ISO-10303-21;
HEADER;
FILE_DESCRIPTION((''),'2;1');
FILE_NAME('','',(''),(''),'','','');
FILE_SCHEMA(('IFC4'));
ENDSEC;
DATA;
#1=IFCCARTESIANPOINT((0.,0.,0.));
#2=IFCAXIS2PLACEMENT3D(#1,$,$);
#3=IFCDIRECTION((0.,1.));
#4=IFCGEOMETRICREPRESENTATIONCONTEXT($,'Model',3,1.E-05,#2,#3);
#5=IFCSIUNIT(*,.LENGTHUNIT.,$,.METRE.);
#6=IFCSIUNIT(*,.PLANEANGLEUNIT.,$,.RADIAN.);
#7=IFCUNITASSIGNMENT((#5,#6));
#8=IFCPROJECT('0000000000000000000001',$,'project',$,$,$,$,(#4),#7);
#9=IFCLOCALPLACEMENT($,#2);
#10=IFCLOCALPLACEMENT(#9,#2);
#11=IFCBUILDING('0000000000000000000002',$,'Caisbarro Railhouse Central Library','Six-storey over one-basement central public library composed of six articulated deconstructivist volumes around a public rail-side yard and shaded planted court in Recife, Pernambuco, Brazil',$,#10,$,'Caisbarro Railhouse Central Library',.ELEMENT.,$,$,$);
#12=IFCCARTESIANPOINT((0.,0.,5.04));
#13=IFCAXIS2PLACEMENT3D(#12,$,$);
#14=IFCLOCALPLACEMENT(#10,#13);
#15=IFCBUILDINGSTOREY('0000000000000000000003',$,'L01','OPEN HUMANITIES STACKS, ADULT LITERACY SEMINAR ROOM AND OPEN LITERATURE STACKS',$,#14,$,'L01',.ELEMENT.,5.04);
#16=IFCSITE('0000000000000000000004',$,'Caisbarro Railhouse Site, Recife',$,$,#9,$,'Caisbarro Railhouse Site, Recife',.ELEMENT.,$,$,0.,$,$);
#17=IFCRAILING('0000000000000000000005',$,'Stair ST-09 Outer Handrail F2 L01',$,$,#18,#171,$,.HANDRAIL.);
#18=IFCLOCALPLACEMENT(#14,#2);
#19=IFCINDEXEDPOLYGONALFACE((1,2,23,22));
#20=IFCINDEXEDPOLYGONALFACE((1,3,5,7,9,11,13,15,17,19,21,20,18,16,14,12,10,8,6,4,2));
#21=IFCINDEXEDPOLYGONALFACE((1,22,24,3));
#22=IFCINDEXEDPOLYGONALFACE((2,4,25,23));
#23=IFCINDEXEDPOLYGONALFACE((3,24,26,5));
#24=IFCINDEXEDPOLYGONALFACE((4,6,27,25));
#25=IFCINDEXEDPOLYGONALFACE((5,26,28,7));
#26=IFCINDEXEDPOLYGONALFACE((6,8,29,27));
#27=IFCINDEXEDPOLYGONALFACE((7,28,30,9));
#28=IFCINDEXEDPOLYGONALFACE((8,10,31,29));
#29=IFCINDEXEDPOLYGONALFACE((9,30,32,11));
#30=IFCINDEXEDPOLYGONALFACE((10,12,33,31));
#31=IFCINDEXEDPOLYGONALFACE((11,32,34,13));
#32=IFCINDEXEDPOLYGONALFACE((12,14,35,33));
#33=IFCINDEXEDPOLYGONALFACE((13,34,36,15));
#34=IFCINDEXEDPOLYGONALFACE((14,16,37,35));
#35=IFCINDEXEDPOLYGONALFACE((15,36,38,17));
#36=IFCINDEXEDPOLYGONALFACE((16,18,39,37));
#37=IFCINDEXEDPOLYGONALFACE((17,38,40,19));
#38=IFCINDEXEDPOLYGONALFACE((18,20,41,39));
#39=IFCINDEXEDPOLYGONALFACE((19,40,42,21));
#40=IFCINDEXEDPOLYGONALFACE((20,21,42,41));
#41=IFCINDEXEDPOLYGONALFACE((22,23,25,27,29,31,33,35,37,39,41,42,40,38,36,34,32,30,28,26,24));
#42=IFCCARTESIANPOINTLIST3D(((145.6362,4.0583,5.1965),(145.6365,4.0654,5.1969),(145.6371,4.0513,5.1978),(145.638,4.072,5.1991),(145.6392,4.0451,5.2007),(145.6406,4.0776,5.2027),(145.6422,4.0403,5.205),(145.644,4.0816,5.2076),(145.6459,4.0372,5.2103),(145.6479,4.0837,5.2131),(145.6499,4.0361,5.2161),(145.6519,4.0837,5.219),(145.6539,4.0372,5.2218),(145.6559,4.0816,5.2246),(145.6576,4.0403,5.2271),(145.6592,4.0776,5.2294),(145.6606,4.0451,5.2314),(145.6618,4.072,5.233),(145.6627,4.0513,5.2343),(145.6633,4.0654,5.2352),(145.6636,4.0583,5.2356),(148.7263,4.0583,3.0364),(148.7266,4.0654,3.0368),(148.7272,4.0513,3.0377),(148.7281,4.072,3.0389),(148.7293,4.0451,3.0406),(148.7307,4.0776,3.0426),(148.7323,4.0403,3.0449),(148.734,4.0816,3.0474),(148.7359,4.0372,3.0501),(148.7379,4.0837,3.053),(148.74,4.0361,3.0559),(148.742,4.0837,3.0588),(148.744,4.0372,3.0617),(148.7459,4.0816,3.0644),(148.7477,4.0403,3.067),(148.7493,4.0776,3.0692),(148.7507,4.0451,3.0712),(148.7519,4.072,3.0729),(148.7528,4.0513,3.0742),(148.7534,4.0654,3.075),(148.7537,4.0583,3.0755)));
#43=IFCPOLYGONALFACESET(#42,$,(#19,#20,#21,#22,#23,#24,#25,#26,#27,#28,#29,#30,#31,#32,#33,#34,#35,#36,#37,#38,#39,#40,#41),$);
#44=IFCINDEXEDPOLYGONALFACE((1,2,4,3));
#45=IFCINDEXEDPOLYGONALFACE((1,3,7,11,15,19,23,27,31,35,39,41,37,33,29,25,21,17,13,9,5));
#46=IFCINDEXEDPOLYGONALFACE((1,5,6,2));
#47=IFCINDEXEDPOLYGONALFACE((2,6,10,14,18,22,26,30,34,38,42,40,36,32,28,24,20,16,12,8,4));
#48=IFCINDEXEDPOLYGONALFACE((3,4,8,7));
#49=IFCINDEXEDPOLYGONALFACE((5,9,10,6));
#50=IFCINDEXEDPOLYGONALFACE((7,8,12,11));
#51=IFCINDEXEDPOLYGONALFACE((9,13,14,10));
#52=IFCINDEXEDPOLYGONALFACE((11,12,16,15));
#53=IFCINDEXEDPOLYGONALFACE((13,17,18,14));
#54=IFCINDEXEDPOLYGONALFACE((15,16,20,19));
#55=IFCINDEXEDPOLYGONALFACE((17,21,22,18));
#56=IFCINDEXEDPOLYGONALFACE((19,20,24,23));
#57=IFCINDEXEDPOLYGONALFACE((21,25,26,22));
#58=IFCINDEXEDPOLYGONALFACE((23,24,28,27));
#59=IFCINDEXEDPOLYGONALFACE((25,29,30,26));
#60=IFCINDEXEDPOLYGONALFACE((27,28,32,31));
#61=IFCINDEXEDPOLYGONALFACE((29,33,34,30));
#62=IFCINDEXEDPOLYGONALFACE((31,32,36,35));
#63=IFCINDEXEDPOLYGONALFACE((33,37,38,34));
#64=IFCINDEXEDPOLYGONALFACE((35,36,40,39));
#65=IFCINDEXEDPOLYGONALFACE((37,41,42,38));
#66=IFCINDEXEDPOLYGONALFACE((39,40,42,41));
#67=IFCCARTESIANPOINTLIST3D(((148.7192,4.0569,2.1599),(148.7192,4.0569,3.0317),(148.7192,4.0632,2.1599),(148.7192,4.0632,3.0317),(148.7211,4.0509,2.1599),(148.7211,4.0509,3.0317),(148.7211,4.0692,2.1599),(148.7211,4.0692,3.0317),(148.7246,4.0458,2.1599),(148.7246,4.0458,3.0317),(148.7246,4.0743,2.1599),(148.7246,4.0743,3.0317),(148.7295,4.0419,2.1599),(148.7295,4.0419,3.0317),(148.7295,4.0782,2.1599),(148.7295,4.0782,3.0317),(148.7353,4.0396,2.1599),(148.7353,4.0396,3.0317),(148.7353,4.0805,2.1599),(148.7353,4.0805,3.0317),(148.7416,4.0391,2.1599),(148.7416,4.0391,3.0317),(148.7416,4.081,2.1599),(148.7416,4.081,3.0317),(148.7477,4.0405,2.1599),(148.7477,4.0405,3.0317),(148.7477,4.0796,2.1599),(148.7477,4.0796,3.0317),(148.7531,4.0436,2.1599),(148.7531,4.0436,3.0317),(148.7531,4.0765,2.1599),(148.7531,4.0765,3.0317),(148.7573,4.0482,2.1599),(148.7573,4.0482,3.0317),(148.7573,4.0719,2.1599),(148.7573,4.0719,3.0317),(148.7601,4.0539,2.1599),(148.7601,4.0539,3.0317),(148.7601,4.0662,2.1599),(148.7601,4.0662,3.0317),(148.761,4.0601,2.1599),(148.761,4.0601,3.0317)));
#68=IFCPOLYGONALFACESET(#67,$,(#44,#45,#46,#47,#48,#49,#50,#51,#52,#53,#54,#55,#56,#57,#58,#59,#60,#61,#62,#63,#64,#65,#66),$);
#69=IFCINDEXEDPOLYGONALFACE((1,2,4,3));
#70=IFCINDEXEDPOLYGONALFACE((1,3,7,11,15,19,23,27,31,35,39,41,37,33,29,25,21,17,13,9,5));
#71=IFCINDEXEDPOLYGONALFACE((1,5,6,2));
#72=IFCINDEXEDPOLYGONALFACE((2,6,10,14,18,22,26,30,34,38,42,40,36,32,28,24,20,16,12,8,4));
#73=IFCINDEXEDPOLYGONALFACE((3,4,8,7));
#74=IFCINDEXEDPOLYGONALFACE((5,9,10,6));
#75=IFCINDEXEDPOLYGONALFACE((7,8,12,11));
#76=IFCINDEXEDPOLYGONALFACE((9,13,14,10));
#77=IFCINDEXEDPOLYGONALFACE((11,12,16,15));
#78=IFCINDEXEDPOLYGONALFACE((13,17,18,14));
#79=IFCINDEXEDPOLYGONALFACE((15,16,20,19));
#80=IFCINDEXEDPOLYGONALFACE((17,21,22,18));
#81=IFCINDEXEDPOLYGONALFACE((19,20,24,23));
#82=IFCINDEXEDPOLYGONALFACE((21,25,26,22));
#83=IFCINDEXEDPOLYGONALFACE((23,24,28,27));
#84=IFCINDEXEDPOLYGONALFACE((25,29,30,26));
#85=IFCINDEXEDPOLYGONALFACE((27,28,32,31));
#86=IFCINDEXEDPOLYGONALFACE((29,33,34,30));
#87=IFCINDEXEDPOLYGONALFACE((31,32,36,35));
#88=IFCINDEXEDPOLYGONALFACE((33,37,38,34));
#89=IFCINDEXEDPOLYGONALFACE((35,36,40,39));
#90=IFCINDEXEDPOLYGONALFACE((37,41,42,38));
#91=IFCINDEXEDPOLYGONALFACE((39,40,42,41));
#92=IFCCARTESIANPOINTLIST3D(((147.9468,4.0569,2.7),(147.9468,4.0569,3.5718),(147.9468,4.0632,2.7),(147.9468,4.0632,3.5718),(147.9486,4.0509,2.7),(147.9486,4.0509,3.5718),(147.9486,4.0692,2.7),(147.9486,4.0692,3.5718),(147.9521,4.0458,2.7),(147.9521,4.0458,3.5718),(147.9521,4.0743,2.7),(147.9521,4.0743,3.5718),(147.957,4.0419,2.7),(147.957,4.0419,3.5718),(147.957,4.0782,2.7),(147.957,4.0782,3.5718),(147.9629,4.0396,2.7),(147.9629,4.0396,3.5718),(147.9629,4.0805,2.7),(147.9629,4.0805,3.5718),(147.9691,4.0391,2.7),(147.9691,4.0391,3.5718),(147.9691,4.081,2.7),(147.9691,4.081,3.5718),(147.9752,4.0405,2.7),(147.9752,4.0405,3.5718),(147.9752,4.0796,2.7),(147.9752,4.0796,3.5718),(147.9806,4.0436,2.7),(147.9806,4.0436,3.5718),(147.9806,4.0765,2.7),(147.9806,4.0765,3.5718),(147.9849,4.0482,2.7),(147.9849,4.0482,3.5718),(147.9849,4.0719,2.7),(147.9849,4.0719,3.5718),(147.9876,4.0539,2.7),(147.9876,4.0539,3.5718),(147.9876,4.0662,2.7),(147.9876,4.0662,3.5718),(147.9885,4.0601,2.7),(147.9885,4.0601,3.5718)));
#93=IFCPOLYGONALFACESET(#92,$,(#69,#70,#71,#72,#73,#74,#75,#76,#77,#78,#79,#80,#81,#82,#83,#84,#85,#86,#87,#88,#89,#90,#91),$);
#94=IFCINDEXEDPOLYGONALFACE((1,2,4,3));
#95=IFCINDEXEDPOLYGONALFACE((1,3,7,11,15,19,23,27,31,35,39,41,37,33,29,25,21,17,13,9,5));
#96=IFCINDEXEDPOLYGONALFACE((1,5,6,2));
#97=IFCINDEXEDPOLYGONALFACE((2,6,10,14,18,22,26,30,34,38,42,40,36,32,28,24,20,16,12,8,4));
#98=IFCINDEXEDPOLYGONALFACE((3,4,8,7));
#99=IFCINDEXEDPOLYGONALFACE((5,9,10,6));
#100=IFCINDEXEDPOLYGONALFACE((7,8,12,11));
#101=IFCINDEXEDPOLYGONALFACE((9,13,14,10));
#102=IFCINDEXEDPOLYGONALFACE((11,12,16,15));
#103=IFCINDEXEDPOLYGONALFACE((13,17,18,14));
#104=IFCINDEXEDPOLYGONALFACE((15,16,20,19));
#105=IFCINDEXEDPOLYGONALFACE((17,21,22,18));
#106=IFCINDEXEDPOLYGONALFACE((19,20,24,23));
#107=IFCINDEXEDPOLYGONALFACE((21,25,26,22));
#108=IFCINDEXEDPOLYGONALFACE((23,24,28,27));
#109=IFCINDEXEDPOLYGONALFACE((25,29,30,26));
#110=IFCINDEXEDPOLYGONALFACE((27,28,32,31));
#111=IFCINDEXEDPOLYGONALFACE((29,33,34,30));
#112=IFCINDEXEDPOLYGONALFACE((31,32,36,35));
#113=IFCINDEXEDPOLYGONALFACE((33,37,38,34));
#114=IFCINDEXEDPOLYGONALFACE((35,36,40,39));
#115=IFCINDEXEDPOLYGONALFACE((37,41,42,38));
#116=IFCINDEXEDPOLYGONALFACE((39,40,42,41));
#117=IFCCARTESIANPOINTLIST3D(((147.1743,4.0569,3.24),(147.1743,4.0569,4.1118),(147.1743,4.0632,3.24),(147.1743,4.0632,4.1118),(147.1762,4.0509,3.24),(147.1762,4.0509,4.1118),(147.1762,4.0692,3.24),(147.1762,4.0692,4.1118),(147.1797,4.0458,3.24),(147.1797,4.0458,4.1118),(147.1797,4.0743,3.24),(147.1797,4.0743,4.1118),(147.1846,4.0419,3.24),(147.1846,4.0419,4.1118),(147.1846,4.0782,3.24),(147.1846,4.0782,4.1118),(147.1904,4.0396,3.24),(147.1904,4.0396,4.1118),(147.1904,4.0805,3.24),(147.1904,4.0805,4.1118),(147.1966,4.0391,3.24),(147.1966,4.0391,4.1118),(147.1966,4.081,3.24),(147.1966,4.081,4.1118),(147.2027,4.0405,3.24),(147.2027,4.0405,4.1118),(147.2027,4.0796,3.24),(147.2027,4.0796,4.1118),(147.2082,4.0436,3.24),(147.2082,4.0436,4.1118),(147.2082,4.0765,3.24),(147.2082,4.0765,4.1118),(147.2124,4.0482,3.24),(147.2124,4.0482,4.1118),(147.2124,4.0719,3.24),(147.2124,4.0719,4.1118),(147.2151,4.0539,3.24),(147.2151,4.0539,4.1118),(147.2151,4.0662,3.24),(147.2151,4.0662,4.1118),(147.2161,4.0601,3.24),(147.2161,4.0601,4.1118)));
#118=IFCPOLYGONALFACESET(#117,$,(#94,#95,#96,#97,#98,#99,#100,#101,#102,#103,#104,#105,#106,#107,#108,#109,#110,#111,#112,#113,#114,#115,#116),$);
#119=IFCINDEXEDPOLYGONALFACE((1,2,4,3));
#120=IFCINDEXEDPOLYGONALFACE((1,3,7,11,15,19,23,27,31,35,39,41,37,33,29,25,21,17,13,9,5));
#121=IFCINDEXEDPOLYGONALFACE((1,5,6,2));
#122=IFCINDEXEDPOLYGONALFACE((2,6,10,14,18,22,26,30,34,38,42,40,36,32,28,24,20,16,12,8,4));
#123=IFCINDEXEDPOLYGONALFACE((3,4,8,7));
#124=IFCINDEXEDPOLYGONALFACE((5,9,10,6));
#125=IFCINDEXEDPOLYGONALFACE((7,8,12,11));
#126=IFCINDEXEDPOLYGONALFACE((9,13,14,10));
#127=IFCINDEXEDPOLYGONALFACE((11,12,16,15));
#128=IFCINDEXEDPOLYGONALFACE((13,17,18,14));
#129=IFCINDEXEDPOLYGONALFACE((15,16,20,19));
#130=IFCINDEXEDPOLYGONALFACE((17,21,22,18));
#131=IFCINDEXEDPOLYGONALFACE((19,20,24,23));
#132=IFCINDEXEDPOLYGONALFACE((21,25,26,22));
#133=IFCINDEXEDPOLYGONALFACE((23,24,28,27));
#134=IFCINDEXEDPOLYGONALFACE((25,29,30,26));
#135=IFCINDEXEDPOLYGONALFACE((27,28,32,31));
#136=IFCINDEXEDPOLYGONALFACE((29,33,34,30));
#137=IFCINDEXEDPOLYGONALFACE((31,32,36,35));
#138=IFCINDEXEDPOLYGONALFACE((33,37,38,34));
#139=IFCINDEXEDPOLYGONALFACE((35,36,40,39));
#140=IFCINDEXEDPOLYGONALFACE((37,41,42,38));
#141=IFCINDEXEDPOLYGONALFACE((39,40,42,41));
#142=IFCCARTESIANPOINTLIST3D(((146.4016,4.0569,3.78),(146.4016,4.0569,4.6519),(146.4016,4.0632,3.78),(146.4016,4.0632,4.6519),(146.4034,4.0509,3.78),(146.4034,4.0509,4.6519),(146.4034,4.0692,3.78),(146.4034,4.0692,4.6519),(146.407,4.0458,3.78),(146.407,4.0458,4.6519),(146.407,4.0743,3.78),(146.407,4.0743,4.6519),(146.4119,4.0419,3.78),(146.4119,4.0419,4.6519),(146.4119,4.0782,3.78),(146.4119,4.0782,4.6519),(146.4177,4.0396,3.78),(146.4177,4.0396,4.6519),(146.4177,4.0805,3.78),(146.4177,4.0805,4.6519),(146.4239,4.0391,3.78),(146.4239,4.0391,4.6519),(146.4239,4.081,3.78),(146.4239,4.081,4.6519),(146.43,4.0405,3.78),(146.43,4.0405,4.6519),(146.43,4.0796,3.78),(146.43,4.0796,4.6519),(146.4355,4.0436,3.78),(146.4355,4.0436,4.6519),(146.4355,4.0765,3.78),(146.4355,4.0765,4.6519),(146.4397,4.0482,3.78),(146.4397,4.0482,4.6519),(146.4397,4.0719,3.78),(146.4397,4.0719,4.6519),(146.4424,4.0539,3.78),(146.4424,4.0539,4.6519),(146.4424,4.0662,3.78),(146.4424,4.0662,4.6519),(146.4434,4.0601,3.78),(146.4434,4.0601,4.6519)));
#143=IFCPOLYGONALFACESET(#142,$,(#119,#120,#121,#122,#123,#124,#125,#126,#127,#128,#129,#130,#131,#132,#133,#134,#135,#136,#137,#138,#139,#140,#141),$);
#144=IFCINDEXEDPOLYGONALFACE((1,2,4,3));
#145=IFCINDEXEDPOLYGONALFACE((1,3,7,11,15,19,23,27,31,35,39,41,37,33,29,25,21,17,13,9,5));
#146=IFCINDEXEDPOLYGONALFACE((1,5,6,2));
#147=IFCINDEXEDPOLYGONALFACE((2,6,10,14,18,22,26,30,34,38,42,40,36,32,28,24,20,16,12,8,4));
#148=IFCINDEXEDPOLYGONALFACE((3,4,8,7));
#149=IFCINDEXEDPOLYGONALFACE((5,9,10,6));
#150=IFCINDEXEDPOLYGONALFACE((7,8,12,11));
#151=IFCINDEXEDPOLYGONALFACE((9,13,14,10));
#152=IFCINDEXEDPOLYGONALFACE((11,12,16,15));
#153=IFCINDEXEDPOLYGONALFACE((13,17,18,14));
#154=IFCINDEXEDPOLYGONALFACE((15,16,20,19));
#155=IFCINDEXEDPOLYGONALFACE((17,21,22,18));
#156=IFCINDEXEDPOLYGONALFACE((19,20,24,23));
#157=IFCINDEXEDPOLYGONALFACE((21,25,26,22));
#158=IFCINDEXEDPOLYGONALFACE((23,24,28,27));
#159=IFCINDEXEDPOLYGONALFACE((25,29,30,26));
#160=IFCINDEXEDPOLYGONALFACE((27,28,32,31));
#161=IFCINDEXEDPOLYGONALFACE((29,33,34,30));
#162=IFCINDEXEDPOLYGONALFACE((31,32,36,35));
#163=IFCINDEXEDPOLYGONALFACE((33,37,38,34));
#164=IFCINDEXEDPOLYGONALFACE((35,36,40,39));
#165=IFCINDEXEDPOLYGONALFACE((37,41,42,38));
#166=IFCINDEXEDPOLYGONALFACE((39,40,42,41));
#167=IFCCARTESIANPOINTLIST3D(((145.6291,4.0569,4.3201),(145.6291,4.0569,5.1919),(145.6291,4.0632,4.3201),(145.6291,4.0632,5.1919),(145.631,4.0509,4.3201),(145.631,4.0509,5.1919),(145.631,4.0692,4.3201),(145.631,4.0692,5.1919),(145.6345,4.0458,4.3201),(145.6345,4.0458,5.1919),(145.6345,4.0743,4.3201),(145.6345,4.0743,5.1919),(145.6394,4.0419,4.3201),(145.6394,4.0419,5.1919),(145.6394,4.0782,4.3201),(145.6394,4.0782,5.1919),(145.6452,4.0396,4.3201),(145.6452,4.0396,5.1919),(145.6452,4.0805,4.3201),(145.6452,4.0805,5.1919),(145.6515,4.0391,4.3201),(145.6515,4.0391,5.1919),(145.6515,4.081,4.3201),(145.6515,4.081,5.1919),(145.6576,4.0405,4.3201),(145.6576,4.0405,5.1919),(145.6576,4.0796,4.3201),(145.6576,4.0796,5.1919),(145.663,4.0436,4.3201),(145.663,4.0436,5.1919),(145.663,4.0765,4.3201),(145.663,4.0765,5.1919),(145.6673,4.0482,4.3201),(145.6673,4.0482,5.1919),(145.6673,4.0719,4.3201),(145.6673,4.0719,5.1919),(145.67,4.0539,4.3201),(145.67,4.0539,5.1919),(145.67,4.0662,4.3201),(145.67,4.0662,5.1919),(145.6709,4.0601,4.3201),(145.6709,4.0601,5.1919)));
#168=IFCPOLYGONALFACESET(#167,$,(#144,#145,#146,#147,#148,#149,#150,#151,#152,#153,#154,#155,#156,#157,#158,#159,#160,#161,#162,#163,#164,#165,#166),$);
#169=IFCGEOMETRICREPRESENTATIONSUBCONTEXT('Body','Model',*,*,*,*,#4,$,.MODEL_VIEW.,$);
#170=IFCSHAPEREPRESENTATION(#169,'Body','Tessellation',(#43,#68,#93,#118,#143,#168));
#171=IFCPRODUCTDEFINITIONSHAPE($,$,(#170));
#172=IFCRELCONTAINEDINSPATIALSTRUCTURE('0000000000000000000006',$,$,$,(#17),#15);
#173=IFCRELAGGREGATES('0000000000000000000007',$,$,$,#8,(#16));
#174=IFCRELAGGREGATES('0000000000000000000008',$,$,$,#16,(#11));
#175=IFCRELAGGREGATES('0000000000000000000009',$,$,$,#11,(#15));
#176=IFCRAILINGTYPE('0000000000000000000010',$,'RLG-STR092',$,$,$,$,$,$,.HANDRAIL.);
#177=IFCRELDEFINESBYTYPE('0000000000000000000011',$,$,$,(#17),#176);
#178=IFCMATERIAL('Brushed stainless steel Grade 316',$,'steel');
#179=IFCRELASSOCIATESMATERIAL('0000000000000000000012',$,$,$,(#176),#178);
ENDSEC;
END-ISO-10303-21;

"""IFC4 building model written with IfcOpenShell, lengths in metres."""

from ifc_helpers import new_model, si_unit, direction, frame, origin, origin_2d, place, context, subcontext, project, spatial, circle, extrude, material, type_object, element, save


model = new_model("IFC4")

# Units and contexts
model_context = context("Model", 3, precision=1e-05, world=origin(), true_north=direction((0.0, 1.0)))
body_context = subcontext(model_context, "Body", "Model", "MODEL_VIEW")
ifc_project = project(units=[si_unit("LENGTHUNIT", "METRE"), si_unit("PLANEANGLEUNIT", "RADIAN")], contexts=[model_context])

# Site, building, storey
site_placement = place(None, origin())
site = spatial("IfcSite", under=ifc_project, at=site_placement, Name="Caisbarro Railhouse Site, Recife", LongName="Caisbarro Railhouse Site, Recife", CompositionType="ELEMENT", RefElevation=0.0)
building_placement = place(site_placement, origin())
building = spatial("IfcBuilding", under=site, at=building_placement, Name="Caisbarro Railhouse Central Library", Description="Six-storey over one-basement central public library composed of six articulated deconstructivist volumes around a public rail-side yard and shaded planted court in Recife, Pernambuco, Brazil", LongName="Caisbarro Railhouse Central Library", CompositionType="ELEMENT")
storey_placement = place(building_placement, frame((0.0, 0.0, 5.04)))
storey = spatial("IfcBuildingStorey", under=building, at=storey_placement, Name="L01", Description="OPEN HUMANITIES STACKS, ADULT LITERACY SEMINAR ROOM AND OPEN LITERATURE STACKS", LongName="L01", CompositionType="ELEMENT", Elevation=5.04)

# Railing
ifc_material_1 = material(Name="Brushed stainless steel Grade 316", Category="steel")
railing_type_1 = type_object("IfcRailingType", Name="RLG-STR092", PredefinedType="HANDRAIL", material=ifc_material_1)
railing_1_placement = place(storey_placement, frame((148.74, 4.0601, 2.1599)))
element("IfcRailing", 1, at=railing_1_placement, inside=storey, type_object=railing_type_1, Name="Stair ST-09 Outer Handrail F2 L01", PredefinedType="HANDRAIL", context=body_context, shape_type="SweptSolid", body=[
    extrude(circle(Radius=0.0239, at=origin_2d()), frame((0.0, 0.0, 0.896), z_axis=(-0.819594, 0.0, 0.572945), x_axis=(0.0, -1.0, 0.0)), (0.0, 0.0, 1.0), 3.7703),
    extrude(circle(Radius=0.021, at=origin_2d()), origin(), (0.0, 0.0, 1.0), 0.8718),
    extrude(circle(Radius=0.021, at=origin_2d()), frame((-0.7725, 0.0, 0.54)), (0.0, 0.0, 1.0), 0.8718),
    extrude(circle(Radius=0.021, at=origin_2d()), frame((-1.5449, 0.0, 1.0801)), (0.0, 0.0, 1.0), 0.8718),
    extrude(circle(Radius=0.021, at=origin_2d()), frame((-2.3176, 0.0, 1.6201)), (0.0, 0.0, 1.0), 0.8718),
    extrude(circle(Radius=0.021, at=origin_2d()), frame((-3.0901, 0.0, 2.1602)), (0.0, 0.0, 1.0), 0.8718),
])

save(model, "model.ifc")
